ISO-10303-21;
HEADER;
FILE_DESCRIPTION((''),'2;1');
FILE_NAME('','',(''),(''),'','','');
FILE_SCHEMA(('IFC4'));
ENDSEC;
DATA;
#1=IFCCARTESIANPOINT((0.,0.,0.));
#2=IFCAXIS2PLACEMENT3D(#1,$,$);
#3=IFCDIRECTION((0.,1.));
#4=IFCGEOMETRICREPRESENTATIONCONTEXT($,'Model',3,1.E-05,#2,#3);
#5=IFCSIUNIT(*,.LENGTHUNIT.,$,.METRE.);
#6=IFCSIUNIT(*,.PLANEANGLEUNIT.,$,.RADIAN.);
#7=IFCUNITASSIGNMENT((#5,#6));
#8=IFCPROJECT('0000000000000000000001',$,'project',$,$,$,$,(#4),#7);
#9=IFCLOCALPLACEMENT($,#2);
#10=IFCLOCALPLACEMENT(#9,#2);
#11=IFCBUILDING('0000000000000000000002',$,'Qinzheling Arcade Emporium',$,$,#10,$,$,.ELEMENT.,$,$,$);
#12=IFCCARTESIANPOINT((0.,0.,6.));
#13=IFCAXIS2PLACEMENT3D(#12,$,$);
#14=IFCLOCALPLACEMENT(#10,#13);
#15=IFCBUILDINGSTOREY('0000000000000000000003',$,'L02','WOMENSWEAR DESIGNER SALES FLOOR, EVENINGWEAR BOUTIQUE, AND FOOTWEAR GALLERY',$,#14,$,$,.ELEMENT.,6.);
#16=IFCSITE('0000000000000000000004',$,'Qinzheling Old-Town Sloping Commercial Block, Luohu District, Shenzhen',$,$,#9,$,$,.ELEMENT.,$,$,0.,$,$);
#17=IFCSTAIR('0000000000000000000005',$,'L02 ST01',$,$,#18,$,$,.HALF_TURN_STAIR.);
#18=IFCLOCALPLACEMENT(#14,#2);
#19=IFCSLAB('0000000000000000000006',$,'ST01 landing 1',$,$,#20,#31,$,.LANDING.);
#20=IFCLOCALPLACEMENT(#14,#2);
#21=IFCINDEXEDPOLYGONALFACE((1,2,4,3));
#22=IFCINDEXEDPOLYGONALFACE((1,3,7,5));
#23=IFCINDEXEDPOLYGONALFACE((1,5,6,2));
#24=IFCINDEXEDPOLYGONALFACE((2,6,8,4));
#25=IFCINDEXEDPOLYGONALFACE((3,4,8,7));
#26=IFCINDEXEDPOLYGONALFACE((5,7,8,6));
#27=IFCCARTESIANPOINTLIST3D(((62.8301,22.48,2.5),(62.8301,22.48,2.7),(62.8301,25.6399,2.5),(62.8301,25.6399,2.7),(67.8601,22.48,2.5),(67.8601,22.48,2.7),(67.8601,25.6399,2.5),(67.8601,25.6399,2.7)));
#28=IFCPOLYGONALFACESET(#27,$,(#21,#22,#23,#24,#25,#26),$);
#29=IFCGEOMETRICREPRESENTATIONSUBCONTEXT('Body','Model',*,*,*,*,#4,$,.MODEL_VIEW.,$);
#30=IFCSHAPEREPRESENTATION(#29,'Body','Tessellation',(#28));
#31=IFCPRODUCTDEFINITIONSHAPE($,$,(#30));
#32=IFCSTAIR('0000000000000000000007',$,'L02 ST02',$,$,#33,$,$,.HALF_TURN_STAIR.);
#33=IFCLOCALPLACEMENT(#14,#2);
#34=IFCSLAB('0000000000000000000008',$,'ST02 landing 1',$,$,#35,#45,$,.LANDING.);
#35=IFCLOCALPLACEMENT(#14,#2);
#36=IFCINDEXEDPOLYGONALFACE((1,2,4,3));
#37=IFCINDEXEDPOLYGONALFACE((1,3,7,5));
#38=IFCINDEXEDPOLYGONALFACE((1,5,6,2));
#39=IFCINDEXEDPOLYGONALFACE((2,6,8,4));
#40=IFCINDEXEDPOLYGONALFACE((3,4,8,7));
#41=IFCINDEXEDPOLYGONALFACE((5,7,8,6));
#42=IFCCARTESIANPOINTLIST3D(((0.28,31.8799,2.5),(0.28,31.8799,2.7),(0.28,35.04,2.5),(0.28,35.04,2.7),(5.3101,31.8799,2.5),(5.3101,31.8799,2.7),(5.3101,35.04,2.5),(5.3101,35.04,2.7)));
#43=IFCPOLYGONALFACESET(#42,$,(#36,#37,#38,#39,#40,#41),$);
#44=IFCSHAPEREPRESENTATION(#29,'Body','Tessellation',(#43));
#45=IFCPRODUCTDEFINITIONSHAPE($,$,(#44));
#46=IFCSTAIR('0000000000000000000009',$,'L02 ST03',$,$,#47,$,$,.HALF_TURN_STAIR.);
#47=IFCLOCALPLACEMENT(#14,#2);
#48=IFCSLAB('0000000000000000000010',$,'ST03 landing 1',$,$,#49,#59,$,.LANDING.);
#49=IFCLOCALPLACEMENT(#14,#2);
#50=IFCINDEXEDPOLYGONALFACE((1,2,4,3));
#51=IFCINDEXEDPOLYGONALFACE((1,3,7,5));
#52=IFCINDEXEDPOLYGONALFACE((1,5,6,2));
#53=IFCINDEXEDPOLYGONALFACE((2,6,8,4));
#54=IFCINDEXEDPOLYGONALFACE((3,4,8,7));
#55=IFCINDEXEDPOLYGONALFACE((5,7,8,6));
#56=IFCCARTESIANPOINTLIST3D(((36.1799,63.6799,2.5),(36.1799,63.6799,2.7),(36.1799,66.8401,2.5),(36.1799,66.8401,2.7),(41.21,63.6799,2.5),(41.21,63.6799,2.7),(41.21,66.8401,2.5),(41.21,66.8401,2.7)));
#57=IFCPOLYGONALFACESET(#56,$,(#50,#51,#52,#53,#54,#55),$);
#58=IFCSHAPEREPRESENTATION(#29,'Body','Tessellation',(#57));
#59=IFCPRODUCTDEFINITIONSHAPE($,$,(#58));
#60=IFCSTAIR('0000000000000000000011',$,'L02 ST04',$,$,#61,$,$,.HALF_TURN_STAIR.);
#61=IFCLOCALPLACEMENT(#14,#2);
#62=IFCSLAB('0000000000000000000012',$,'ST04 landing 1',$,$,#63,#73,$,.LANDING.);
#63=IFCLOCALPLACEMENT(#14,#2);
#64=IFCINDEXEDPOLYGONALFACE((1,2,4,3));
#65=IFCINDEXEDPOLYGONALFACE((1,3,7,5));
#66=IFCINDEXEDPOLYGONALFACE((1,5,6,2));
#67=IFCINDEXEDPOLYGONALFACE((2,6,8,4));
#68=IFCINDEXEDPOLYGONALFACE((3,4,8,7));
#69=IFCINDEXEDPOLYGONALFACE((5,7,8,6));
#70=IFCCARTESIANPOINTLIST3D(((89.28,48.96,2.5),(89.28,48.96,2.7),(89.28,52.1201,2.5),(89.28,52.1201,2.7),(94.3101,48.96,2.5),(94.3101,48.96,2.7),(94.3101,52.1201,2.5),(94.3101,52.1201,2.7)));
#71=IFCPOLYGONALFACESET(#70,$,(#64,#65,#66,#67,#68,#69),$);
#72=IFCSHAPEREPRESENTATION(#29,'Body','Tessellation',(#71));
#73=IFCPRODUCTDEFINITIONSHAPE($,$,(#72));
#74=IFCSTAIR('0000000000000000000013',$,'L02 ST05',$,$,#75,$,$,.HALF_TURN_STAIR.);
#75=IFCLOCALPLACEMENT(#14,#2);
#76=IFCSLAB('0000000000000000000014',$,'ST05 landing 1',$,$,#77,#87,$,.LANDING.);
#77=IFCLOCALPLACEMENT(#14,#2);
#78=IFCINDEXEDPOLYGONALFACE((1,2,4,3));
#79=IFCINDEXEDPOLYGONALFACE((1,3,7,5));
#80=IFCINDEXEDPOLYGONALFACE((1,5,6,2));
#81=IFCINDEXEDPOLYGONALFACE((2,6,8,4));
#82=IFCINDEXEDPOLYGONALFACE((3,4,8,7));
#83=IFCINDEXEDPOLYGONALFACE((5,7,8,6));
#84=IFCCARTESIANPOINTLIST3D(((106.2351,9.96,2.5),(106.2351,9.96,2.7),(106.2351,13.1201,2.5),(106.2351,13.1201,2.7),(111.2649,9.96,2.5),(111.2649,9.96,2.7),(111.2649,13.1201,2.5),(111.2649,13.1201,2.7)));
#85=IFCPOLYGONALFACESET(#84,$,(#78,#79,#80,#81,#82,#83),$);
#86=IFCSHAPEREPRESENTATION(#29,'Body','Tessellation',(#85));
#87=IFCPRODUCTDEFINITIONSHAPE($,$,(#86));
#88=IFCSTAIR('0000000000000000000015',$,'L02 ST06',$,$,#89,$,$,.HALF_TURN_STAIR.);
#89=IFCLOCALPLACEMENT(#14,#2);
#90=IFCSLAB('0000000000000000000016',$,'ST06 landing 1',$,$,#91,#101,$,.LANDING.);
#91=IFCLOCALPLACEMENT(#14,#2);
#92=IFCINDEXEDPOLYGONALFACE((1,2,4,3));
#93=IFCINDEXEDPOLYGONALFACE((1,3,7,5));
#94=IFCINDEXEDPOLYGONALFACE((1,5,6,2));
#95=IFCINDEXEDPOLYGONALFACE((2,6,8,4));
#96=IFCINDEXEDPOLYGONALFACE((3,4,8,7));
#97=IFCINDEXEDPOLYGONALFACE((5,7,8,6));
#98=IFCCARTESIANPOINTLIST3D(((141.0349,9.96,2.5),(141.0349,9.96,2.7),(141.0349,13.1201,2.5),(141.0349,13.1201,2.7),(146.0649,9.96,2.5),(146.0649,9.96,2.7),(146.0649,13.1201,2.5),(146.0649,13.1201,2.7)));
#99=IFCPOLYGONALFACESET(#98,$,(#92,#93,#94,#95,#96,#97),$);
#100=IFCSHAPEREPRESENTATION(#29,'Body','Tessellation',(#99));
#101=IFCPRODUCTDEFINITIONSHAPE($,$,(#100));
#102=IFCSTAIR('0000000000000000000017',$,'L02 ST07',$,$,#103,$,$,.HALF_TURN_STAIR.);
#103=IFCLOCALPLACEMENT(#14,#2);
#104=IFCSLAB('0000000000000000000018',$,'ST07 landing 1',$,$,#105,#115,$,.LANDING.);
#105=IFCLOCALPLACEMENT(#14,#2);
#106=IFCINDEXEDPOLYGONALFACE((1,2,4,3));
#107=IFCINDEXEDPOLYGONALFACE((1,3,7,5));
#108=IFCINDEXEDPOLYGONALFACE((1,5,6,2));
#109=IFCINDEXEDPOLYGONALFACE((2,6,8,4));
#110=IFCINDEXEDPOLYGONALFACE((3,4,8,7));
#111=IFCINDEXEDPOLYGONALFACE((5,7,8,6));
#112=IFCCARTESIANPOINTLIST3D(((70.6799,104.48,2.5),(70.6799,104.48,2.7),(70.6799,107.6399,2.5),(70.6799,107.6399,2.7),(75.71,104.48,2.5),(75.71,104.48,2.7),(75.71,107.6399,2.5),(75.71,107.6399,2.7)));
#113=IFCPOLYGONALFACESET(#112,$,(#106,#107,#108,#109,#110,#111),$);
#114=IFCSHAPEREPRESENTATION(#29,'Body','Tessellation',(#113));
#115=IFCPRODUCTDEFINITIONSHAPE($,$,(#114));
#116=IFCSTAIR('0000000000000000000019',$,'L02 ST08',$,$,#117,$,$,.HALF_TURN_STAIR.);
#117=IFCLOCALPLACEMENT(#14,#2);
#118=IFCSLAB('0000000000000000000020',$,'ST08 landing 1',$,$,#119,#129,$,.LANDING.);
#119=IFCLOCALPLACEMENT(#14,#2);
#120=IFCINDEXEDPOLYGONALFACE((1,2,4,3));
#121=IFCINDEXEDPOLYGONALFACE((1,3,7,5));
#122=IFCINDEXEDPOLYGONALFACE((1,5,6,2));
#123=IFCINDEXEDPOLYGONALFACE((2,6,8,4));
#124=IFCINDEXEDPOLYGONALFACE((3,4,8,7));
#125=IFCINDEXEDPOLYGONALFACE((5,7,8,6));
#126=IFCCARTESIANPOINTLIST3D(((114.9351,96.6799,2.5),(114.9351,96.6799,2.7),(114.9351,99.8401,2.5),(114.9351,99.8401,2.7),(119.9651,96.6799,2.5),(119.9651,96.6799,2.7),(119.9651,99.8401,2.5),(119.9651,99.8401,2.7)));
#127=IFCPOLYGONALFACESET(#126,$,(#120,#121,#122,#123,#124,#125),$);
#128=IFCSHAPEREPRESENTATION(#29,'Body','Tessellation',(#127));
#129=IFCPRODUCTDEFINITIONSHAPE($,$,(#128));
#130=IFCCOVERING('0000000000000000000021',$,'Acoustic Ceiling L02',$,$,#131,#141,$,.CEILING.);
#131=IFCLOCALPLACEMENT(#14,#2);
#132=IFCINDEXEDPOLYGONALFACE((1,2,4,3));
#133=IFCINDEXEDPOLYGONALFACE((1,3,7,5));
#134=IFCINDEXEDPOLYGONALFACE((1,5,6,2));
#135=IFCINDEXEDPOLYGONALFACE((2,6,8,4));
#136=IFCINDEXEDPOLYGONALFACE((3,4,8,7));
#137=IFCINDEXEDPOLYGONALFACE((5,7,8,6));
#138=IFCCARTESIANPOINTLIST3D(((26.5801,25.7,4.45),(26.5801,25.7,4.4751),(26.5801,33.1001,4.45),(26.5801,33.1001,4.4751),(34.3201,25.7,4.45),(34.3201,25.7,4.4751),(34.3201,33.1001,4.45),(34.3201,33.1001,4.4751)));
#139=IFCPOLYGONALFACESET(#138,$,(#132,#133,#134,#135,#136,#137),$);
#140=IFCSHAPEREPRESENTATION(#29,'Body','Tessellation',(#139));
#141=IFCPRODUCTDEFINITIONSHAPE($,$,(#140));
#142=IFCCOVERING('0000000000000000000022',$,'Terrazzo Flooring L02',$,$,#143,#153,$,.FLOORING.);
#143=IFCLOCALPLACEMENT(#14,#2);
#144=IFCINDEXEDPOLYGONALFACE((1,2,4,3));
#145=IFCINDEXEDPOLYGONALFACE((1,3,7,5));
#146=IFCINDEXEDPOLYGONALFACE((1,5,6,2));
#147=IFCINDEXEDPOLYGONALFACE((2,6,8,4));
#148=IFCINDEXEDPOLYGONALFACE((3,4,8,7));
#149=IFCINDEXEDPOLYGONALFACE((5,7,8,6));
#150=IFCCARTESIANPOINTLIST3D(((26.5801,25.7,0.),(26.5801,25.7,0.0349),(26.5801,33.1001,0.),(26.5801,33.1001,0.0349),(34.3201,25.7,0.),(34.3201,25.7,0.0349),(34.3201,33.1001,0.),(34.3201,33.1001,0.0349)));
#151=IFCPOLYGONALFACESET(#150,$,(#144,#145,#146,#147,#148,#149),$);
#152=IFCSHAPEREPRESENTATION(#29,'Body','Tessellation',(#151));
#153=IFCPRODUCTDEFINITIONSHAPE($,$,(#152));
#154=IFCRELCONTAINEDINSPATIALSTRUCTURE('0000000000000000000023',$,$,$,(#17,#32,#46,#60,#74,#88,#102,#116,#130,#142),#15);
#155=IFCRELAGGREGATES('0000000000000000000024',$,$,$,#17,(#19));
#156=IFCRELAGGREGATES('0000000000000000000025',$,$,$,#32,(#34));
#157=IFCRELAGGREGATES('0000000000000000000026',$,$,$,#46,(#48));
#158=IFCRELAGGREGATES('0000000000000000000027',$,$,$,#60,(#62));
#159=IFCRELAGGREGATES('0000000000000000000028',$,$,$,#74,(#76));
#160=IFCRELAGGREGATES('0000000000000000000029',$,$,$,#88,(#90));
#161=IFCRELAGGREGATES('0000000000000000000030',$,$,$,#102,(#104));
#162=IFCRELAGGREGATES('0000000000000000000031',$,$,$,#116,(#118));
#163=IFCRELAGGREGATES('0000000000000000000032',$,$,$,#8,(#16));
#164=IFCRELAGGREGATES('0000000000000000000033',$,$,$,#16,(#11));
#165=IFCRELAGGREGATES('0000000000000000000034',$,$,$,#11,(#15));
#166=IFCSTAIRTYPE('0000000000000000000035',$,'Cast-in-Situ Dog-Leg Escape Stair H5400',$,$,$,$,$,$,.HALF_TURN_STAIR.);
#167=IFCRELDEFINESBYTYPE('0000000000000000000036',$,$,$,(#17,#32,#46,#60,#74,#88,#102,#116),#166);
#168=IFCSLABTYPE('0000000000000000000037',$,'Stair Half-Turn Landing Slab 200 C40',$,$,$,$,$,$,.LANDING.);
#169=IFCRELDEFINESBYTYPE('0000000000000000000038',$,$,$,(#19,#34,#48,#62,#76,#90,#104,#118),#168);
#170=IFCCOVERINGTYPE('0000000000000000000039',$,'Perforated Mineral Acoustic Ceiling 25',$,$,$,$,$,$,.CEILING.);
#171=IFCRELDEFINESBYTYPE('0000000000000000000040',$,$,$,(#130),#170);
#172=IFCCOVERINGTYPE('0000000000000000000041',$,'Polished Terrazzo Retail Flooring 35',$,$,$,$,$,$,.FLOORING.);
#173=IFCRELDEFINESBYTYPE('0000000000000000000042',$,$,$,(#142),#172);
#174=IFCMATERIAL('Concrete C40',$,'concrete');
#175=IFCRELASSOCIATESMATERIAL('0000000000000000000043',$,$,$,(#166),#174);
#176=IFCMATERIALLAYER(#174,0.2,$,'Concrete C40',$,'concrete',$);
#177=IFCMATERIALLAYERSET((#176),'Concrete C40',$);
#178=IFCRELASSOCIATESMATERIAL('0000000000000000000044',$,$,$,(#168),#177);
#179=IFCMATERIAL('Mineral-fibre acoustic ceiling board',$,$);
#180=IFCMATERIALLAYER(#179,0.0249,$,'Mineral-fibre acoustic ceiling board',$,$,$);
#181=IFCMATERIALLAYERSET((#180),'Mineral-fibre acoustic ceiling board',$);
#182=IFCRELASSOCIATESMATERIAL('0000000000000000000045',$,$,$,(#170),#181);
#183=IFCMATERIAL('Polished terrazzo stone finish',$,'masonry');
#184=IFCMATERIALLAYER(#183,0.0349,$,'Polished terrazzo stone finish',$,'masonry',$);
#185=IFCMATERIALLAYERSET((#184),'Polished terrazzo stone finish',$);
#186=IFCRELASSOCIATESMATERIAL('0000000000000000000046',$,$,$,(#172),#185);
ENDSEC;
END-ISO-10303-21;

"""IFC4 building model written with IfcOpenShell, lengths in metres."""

from ifc_helpers import new_model, si_unit, direction, frame, origin, place, context, subcontext, project, spatial, polyline, outline, extrude, material, layer, layer_set, type_object, element, aggregate, save


model = new_model("IFC4")

# Units and contexts
model_context = context("Model", 3, precision=1e-05, world=origin(), true_north=direction((0.0, 1.0)))
body_context = subcontext(model_context, "Body", "Model", "MODEL_VIEW")
ifc_project = project(units=[si_unit("LENGTHUNIT", "METRE"), si_unit("PLANEANGLEUNIT", "RADIAN")], contexts=[model_context])

# Site, building, storey
site_placement = place(None, origin())
site = spatial("IfcSite", under=ifc_project, at=site_placement, Name="Qinzheling Old-Town Sloping Commercial Block, Luohu District, Shenzhen", CompositionType="ELEMENT", RefElevation=0.0)
building_placement = place(site_placement, origin())
building = spatial("IfcBuilding", under=site, at=building_placement, Name="Qinzheling Arcade Emporium", CompositionType="ELEMENT")
storey_placement = place(building_placement, frame((0.0, 0.0, 6.0)))
storey = spatial("IfcBuildingStorey", under=building, at=storey_placement, Name="L02", Description="WOMENSWEAR DESIGNER SALES FLOOR, EVENINGWEAR BOUTIQUE, AND FOOTWEAR GALLERY", CompositionType="ELEMENT", Elevation=6.0)

# Shared definitions
ifc_material_1 = material(Name="Concrete C40", Category="concrete")

# Stairs, slabs
stair_type = type_object("IfcStairType", Name="Cast-in-Situ Dog-Leg Escape Stair H5400", PredefinedType="HALF_TURN_STAIR", material=ifc_material_1)
stair_1_placement = place(storey_placement, origin())
stair_1 = element("IfcStair", 1, at=stair_1_placement, inside=storey, type_object=stair_type, Name="L02 ST01", PredefinedType="HALF_TURN_STAIR")
ifc_layer_1 = layer(ifc_material_1, 0.2, Name="Concrete C40", Category="concrete")
ifc_layer_set_1 = layer_set([ifc_layer_1], Name="Concrete C40")
slab_type_1 = type_object("IfcSlabType", Name="Stair Half-Turn Landing Slab 200 C40", PredefinedType="LANDING", material=ifc_layer_set_1)
slab_1_placement = place(storey_placement, frame((0.0, 0.0, 2.5)))
slab_1 = element("IfcSlab", 2, at=slab_1_placement, type_object=slab_type_1, Name="ST01 landing 1", PredefinedType="LANDING", context=body_context, shape_type="SweptSolid", body=[
    extrude(outline(polyline([(62.8301, 25.6399), (67.8601, 25.6399), (67.8601, 22.48), (62.8301, 22.48), (62.8301, 25.6399)])), origin(), (0.0, 0.0, 1.0), 0.2),
])
aggregate(stair_1, [slab_1])
stair_2_placement = place(storey_placement, origin())
stair_2 = element("IfcStair", 3, at=stair_2_placement, inside=storey, type_object=stair_type, Name="L02 ST02", PredefinedType="HALF_TURN_STAIR")
slab_2_placement = place(storey_placement, frame((0.0, 0.0, 2.5)))
slab_2 = element("IfcSlab", 4, at=slab_2_placement, type_object=slab_type_1, Name="ST02 landing 1", PredefinedType="LANDING", context=body_context, shape_type="SweptSolid", body=[
    extrude(outline(polyline([(0.28, 35.04), (5.3101, 35.04), (5.3101, 31.8799), (0.28, 31.8799), (0.28, 35.04)])), origin(), (0.0, 0.0, 1.0), 0.2),
])
aggregate(stair_2, [slab_2])
stair_3_placement = place(storey_placement, origin())
stair_3 = element("IfcStair", 5, at=stair_3_placement, inside=storey, type_object=stair_type, Name="L02 ST03", PredefinedType="HALF_TURN_STAIR")
slab_3_placement = place(storey_placement, frame((0.0, 0.0, 2.5)))
slab_3 = element("IfcSlab", 6, at=slab_3_placement, type_object=slab_type_1, Name="ST03 landing 1", PredefinedType="LANDING", context=body_context, shape_type="SweptSolid", body=[
    extrude(outline(polyline([(36.1799, 66.8401), (41.21, 66.8401), (41.21, 63.6799), (36.1799, 63.6799), (36.1799, 66.8401)])), origin(), (0.0, 0.0, 1.0), 0.2),
])
aggregate(stair_3, [slab_3])
stair_4_placement = place(storey_placement, origin())
stair_4 = element("IfcStair", 7, at=stair_4_placement, inside=storey, type_object=stair_type, Name="L02 ST04", PredefinedType="HALF_TURN_STAIR")
slab_4_placement = place(storey_placement, frame((0.0, 0.0, 2.5)))
slab_4 = element("IfcSlab", 8, at=slab_4_placement, type_object=slab_type_1, Name="ST04 landing 1", PredefinedType="LANDING", context=body_context, shape_type="SweptSolid", body=[
    extrude(outline(polyline([(94.3101, 48.96), (89.28, 48.96), (89.28, 52.1201), (94.3101, 52.1201), (94.3101, 48.96)])), origin(), (0.0, 0.0, 1.0), 0.2),
])
aggregate(stair_4, [slab_4])
stair_5_placement = place(storey_placement, origin())
stair_5 = element("IfcStair", 9, at=stair_5_placement, inside=storey, type_object=stair_type, Name="L02 ST05", PredefinedType="HALF_TURN_STAIR")
slab_5_placement = place(storey_placement, frame((0.0, 0.0, 2.5)))
slab_5 = element("IfcSlab", 10, at=slab_5_placement, type_object=slab_type_1, Name="ST05 landing 1", PredefinedType="LANDING", context=body_context, shape_type="SweptSolid", body=[
    extrude(outline(polyline([(111.2649, 9.96), (106.2351, 9.96), (106.2351, 13.1201), (111.2649, 13.1201), (111.2649, 9.96)])), origin(), (0.0, 0.0, 1.0), 0.2),
])
aggregate(stair_5, [slab_5])
stair_6_placement = place(storey_placement, origin())
stair_6 = element("IfcStair", 11, at=stair_6_placement, inside=storey, type_object=stair_type, Name="L02 ST06", PredefinedType="HALF_TURN_STAIR")
slab_6_placement = place(storey_placement, frame((0.0, 0.0, 2.5)))
slab_6 = element("IfcSlab", 12, at=slab_6_placement, type_object=slab_type_1, Name="ST06 landing 1", PredefinedType="LANDING", context=body_context, shape_type="SweptSolid", body=[
    extrude(outline(polyline([(146.0649, 9.96), (141.0349, 9.96), (141.0349, 13.1201), (146.0649, 13.1201), (146.0649, 9.96)])), origin(), (0.0, 0.0, 1.0), 0.2),
])
aggregate(stair_6, [slab_6])
stair_7_placement = place(storey_placement, origin())
stair_7 = element("IfcStair", 13, at=stair_7_placement, inside=storey, type_object=stair_type, Name="L02 ST07", PredefinedType="HALF_TURN_STAIR")
slab_7_placement = place(storey_placement, frame((0.0, 0.0, 2.5)))
slab_7 = element("IfcSlab", 14, at=slab_7_placement, type_object=slab_type_1, Name="ST07 landing 1", PredefinedType="LANDING", context=body_context, shape_type="SweptSolid", body=[
    extrude(outline(polyline([(70.6799, 107.6399), (75.71, 107.6399), (75.71, 104.48), (70.6799, 104.48), (70.6799, 107.6399)])), origin(), (0.0, 0.0, 1.0), 0.2),
])
aggregate(stair_7, [slab_7])
stair_8_placement = place(storey_placement, origin())
stair_8 = element("IfcStair", 15, at=stair_8_placement, inside=storey, type_object=stair_type, Name="L02 ST08", PredefinedType="HALF_TURN_STAIR")
slab_8_placement = place(storey_placement, frame((0.0, 0.0, 2.5)))
slab_8 = element("IfcSlab", 16, at=slab_8_placement, type_object=slab_type_1, Name="ST08 landing 1", PredefinedType="LANDING", context=body_context, shape_type="SweptSolid", body=[
    extrude(outline(polyline([(114.9351, 99.8401), (119.9651, 99.8401), (119.9651, 96.6799), (114.9351, 96.6799), (114.9351, 99.8401)])), origin(), (0.0, 0.0, 1.0), 0.2),
])
aggregate(stair_8, [slab_8])

# Coverings
ifc_material_2 = material(Name="Mineral-fibre acoustic ceiling board")
ifc_layer_2 = layer(ifc_material_2, 0.0249, Name="Mineral-fibre acoustic ceiling board")
ifc_layer_set_2 = layer_set([ifc_layer_2], Name="Mineral-fibre acoustic ceiling board")
covering_type_1 = type_object("IfcCoveringType", Name="Perforated Mineral Acoustic Ceiling 25", PredefinedType="CEILING", material=ifc_layer_set_2)
covering_1_placement = place(storey_placement, frame((0.0, 0.0, 4.45)))
element("IfcCovering", 17, at=covering_1_placement, inside=storey, type_object=covering_type_1, Name="Acoustic Ceiling L02", PredefinedType="CEILING", context=body_context, shape_type="SweptSolid", body=[
    extrude(outline(polyline([(26.5801, 25.7), (34.3201, 25.7), (34.3201, 33.1001), (26.5801, 33.1001), (26.5801, 25.7)])), origin(), (0.0, 0.0, 1.0), 0.0251),
])
ifc_material_3 = material(Name="Polished terrazzo stone finish", Category="masonry")
ifc_layer_3 = layer(ifc_material_3, 0.0349, Name="Polished terrazzo stone finish", Category="masonry")
ifc_layer_set_3 = layer_set([ifc_layer_3], Name="Polished terrazzo stone finish")
covering_type_2 = type_object("IfcCoveringType", Name="Polished Terrazzo Retail Flooring 35", PredefinedType="FLOORING", material=ifc_layer_set_3)
covering_2_placement = place(storey_placement, origin())
element("IfcCovering", 18, at=covering_2_placement, inside=storey, type_object=covering_type_2, Name="Terrazzo Flooring L02", PredefinedType="FLOORING", context=body_context, shape_type="SweptSolid", body=[
    extrude(outline(polyline([(26.5801, 25.7), (34.3201, 25.7), (34.3201, 33.1001), (26.5801, 33.1001), (26.5801, 25.7)])), origin(), (0.0, 0.0, 1.0), 0.0349),
])

save(model, "model.ifc")
